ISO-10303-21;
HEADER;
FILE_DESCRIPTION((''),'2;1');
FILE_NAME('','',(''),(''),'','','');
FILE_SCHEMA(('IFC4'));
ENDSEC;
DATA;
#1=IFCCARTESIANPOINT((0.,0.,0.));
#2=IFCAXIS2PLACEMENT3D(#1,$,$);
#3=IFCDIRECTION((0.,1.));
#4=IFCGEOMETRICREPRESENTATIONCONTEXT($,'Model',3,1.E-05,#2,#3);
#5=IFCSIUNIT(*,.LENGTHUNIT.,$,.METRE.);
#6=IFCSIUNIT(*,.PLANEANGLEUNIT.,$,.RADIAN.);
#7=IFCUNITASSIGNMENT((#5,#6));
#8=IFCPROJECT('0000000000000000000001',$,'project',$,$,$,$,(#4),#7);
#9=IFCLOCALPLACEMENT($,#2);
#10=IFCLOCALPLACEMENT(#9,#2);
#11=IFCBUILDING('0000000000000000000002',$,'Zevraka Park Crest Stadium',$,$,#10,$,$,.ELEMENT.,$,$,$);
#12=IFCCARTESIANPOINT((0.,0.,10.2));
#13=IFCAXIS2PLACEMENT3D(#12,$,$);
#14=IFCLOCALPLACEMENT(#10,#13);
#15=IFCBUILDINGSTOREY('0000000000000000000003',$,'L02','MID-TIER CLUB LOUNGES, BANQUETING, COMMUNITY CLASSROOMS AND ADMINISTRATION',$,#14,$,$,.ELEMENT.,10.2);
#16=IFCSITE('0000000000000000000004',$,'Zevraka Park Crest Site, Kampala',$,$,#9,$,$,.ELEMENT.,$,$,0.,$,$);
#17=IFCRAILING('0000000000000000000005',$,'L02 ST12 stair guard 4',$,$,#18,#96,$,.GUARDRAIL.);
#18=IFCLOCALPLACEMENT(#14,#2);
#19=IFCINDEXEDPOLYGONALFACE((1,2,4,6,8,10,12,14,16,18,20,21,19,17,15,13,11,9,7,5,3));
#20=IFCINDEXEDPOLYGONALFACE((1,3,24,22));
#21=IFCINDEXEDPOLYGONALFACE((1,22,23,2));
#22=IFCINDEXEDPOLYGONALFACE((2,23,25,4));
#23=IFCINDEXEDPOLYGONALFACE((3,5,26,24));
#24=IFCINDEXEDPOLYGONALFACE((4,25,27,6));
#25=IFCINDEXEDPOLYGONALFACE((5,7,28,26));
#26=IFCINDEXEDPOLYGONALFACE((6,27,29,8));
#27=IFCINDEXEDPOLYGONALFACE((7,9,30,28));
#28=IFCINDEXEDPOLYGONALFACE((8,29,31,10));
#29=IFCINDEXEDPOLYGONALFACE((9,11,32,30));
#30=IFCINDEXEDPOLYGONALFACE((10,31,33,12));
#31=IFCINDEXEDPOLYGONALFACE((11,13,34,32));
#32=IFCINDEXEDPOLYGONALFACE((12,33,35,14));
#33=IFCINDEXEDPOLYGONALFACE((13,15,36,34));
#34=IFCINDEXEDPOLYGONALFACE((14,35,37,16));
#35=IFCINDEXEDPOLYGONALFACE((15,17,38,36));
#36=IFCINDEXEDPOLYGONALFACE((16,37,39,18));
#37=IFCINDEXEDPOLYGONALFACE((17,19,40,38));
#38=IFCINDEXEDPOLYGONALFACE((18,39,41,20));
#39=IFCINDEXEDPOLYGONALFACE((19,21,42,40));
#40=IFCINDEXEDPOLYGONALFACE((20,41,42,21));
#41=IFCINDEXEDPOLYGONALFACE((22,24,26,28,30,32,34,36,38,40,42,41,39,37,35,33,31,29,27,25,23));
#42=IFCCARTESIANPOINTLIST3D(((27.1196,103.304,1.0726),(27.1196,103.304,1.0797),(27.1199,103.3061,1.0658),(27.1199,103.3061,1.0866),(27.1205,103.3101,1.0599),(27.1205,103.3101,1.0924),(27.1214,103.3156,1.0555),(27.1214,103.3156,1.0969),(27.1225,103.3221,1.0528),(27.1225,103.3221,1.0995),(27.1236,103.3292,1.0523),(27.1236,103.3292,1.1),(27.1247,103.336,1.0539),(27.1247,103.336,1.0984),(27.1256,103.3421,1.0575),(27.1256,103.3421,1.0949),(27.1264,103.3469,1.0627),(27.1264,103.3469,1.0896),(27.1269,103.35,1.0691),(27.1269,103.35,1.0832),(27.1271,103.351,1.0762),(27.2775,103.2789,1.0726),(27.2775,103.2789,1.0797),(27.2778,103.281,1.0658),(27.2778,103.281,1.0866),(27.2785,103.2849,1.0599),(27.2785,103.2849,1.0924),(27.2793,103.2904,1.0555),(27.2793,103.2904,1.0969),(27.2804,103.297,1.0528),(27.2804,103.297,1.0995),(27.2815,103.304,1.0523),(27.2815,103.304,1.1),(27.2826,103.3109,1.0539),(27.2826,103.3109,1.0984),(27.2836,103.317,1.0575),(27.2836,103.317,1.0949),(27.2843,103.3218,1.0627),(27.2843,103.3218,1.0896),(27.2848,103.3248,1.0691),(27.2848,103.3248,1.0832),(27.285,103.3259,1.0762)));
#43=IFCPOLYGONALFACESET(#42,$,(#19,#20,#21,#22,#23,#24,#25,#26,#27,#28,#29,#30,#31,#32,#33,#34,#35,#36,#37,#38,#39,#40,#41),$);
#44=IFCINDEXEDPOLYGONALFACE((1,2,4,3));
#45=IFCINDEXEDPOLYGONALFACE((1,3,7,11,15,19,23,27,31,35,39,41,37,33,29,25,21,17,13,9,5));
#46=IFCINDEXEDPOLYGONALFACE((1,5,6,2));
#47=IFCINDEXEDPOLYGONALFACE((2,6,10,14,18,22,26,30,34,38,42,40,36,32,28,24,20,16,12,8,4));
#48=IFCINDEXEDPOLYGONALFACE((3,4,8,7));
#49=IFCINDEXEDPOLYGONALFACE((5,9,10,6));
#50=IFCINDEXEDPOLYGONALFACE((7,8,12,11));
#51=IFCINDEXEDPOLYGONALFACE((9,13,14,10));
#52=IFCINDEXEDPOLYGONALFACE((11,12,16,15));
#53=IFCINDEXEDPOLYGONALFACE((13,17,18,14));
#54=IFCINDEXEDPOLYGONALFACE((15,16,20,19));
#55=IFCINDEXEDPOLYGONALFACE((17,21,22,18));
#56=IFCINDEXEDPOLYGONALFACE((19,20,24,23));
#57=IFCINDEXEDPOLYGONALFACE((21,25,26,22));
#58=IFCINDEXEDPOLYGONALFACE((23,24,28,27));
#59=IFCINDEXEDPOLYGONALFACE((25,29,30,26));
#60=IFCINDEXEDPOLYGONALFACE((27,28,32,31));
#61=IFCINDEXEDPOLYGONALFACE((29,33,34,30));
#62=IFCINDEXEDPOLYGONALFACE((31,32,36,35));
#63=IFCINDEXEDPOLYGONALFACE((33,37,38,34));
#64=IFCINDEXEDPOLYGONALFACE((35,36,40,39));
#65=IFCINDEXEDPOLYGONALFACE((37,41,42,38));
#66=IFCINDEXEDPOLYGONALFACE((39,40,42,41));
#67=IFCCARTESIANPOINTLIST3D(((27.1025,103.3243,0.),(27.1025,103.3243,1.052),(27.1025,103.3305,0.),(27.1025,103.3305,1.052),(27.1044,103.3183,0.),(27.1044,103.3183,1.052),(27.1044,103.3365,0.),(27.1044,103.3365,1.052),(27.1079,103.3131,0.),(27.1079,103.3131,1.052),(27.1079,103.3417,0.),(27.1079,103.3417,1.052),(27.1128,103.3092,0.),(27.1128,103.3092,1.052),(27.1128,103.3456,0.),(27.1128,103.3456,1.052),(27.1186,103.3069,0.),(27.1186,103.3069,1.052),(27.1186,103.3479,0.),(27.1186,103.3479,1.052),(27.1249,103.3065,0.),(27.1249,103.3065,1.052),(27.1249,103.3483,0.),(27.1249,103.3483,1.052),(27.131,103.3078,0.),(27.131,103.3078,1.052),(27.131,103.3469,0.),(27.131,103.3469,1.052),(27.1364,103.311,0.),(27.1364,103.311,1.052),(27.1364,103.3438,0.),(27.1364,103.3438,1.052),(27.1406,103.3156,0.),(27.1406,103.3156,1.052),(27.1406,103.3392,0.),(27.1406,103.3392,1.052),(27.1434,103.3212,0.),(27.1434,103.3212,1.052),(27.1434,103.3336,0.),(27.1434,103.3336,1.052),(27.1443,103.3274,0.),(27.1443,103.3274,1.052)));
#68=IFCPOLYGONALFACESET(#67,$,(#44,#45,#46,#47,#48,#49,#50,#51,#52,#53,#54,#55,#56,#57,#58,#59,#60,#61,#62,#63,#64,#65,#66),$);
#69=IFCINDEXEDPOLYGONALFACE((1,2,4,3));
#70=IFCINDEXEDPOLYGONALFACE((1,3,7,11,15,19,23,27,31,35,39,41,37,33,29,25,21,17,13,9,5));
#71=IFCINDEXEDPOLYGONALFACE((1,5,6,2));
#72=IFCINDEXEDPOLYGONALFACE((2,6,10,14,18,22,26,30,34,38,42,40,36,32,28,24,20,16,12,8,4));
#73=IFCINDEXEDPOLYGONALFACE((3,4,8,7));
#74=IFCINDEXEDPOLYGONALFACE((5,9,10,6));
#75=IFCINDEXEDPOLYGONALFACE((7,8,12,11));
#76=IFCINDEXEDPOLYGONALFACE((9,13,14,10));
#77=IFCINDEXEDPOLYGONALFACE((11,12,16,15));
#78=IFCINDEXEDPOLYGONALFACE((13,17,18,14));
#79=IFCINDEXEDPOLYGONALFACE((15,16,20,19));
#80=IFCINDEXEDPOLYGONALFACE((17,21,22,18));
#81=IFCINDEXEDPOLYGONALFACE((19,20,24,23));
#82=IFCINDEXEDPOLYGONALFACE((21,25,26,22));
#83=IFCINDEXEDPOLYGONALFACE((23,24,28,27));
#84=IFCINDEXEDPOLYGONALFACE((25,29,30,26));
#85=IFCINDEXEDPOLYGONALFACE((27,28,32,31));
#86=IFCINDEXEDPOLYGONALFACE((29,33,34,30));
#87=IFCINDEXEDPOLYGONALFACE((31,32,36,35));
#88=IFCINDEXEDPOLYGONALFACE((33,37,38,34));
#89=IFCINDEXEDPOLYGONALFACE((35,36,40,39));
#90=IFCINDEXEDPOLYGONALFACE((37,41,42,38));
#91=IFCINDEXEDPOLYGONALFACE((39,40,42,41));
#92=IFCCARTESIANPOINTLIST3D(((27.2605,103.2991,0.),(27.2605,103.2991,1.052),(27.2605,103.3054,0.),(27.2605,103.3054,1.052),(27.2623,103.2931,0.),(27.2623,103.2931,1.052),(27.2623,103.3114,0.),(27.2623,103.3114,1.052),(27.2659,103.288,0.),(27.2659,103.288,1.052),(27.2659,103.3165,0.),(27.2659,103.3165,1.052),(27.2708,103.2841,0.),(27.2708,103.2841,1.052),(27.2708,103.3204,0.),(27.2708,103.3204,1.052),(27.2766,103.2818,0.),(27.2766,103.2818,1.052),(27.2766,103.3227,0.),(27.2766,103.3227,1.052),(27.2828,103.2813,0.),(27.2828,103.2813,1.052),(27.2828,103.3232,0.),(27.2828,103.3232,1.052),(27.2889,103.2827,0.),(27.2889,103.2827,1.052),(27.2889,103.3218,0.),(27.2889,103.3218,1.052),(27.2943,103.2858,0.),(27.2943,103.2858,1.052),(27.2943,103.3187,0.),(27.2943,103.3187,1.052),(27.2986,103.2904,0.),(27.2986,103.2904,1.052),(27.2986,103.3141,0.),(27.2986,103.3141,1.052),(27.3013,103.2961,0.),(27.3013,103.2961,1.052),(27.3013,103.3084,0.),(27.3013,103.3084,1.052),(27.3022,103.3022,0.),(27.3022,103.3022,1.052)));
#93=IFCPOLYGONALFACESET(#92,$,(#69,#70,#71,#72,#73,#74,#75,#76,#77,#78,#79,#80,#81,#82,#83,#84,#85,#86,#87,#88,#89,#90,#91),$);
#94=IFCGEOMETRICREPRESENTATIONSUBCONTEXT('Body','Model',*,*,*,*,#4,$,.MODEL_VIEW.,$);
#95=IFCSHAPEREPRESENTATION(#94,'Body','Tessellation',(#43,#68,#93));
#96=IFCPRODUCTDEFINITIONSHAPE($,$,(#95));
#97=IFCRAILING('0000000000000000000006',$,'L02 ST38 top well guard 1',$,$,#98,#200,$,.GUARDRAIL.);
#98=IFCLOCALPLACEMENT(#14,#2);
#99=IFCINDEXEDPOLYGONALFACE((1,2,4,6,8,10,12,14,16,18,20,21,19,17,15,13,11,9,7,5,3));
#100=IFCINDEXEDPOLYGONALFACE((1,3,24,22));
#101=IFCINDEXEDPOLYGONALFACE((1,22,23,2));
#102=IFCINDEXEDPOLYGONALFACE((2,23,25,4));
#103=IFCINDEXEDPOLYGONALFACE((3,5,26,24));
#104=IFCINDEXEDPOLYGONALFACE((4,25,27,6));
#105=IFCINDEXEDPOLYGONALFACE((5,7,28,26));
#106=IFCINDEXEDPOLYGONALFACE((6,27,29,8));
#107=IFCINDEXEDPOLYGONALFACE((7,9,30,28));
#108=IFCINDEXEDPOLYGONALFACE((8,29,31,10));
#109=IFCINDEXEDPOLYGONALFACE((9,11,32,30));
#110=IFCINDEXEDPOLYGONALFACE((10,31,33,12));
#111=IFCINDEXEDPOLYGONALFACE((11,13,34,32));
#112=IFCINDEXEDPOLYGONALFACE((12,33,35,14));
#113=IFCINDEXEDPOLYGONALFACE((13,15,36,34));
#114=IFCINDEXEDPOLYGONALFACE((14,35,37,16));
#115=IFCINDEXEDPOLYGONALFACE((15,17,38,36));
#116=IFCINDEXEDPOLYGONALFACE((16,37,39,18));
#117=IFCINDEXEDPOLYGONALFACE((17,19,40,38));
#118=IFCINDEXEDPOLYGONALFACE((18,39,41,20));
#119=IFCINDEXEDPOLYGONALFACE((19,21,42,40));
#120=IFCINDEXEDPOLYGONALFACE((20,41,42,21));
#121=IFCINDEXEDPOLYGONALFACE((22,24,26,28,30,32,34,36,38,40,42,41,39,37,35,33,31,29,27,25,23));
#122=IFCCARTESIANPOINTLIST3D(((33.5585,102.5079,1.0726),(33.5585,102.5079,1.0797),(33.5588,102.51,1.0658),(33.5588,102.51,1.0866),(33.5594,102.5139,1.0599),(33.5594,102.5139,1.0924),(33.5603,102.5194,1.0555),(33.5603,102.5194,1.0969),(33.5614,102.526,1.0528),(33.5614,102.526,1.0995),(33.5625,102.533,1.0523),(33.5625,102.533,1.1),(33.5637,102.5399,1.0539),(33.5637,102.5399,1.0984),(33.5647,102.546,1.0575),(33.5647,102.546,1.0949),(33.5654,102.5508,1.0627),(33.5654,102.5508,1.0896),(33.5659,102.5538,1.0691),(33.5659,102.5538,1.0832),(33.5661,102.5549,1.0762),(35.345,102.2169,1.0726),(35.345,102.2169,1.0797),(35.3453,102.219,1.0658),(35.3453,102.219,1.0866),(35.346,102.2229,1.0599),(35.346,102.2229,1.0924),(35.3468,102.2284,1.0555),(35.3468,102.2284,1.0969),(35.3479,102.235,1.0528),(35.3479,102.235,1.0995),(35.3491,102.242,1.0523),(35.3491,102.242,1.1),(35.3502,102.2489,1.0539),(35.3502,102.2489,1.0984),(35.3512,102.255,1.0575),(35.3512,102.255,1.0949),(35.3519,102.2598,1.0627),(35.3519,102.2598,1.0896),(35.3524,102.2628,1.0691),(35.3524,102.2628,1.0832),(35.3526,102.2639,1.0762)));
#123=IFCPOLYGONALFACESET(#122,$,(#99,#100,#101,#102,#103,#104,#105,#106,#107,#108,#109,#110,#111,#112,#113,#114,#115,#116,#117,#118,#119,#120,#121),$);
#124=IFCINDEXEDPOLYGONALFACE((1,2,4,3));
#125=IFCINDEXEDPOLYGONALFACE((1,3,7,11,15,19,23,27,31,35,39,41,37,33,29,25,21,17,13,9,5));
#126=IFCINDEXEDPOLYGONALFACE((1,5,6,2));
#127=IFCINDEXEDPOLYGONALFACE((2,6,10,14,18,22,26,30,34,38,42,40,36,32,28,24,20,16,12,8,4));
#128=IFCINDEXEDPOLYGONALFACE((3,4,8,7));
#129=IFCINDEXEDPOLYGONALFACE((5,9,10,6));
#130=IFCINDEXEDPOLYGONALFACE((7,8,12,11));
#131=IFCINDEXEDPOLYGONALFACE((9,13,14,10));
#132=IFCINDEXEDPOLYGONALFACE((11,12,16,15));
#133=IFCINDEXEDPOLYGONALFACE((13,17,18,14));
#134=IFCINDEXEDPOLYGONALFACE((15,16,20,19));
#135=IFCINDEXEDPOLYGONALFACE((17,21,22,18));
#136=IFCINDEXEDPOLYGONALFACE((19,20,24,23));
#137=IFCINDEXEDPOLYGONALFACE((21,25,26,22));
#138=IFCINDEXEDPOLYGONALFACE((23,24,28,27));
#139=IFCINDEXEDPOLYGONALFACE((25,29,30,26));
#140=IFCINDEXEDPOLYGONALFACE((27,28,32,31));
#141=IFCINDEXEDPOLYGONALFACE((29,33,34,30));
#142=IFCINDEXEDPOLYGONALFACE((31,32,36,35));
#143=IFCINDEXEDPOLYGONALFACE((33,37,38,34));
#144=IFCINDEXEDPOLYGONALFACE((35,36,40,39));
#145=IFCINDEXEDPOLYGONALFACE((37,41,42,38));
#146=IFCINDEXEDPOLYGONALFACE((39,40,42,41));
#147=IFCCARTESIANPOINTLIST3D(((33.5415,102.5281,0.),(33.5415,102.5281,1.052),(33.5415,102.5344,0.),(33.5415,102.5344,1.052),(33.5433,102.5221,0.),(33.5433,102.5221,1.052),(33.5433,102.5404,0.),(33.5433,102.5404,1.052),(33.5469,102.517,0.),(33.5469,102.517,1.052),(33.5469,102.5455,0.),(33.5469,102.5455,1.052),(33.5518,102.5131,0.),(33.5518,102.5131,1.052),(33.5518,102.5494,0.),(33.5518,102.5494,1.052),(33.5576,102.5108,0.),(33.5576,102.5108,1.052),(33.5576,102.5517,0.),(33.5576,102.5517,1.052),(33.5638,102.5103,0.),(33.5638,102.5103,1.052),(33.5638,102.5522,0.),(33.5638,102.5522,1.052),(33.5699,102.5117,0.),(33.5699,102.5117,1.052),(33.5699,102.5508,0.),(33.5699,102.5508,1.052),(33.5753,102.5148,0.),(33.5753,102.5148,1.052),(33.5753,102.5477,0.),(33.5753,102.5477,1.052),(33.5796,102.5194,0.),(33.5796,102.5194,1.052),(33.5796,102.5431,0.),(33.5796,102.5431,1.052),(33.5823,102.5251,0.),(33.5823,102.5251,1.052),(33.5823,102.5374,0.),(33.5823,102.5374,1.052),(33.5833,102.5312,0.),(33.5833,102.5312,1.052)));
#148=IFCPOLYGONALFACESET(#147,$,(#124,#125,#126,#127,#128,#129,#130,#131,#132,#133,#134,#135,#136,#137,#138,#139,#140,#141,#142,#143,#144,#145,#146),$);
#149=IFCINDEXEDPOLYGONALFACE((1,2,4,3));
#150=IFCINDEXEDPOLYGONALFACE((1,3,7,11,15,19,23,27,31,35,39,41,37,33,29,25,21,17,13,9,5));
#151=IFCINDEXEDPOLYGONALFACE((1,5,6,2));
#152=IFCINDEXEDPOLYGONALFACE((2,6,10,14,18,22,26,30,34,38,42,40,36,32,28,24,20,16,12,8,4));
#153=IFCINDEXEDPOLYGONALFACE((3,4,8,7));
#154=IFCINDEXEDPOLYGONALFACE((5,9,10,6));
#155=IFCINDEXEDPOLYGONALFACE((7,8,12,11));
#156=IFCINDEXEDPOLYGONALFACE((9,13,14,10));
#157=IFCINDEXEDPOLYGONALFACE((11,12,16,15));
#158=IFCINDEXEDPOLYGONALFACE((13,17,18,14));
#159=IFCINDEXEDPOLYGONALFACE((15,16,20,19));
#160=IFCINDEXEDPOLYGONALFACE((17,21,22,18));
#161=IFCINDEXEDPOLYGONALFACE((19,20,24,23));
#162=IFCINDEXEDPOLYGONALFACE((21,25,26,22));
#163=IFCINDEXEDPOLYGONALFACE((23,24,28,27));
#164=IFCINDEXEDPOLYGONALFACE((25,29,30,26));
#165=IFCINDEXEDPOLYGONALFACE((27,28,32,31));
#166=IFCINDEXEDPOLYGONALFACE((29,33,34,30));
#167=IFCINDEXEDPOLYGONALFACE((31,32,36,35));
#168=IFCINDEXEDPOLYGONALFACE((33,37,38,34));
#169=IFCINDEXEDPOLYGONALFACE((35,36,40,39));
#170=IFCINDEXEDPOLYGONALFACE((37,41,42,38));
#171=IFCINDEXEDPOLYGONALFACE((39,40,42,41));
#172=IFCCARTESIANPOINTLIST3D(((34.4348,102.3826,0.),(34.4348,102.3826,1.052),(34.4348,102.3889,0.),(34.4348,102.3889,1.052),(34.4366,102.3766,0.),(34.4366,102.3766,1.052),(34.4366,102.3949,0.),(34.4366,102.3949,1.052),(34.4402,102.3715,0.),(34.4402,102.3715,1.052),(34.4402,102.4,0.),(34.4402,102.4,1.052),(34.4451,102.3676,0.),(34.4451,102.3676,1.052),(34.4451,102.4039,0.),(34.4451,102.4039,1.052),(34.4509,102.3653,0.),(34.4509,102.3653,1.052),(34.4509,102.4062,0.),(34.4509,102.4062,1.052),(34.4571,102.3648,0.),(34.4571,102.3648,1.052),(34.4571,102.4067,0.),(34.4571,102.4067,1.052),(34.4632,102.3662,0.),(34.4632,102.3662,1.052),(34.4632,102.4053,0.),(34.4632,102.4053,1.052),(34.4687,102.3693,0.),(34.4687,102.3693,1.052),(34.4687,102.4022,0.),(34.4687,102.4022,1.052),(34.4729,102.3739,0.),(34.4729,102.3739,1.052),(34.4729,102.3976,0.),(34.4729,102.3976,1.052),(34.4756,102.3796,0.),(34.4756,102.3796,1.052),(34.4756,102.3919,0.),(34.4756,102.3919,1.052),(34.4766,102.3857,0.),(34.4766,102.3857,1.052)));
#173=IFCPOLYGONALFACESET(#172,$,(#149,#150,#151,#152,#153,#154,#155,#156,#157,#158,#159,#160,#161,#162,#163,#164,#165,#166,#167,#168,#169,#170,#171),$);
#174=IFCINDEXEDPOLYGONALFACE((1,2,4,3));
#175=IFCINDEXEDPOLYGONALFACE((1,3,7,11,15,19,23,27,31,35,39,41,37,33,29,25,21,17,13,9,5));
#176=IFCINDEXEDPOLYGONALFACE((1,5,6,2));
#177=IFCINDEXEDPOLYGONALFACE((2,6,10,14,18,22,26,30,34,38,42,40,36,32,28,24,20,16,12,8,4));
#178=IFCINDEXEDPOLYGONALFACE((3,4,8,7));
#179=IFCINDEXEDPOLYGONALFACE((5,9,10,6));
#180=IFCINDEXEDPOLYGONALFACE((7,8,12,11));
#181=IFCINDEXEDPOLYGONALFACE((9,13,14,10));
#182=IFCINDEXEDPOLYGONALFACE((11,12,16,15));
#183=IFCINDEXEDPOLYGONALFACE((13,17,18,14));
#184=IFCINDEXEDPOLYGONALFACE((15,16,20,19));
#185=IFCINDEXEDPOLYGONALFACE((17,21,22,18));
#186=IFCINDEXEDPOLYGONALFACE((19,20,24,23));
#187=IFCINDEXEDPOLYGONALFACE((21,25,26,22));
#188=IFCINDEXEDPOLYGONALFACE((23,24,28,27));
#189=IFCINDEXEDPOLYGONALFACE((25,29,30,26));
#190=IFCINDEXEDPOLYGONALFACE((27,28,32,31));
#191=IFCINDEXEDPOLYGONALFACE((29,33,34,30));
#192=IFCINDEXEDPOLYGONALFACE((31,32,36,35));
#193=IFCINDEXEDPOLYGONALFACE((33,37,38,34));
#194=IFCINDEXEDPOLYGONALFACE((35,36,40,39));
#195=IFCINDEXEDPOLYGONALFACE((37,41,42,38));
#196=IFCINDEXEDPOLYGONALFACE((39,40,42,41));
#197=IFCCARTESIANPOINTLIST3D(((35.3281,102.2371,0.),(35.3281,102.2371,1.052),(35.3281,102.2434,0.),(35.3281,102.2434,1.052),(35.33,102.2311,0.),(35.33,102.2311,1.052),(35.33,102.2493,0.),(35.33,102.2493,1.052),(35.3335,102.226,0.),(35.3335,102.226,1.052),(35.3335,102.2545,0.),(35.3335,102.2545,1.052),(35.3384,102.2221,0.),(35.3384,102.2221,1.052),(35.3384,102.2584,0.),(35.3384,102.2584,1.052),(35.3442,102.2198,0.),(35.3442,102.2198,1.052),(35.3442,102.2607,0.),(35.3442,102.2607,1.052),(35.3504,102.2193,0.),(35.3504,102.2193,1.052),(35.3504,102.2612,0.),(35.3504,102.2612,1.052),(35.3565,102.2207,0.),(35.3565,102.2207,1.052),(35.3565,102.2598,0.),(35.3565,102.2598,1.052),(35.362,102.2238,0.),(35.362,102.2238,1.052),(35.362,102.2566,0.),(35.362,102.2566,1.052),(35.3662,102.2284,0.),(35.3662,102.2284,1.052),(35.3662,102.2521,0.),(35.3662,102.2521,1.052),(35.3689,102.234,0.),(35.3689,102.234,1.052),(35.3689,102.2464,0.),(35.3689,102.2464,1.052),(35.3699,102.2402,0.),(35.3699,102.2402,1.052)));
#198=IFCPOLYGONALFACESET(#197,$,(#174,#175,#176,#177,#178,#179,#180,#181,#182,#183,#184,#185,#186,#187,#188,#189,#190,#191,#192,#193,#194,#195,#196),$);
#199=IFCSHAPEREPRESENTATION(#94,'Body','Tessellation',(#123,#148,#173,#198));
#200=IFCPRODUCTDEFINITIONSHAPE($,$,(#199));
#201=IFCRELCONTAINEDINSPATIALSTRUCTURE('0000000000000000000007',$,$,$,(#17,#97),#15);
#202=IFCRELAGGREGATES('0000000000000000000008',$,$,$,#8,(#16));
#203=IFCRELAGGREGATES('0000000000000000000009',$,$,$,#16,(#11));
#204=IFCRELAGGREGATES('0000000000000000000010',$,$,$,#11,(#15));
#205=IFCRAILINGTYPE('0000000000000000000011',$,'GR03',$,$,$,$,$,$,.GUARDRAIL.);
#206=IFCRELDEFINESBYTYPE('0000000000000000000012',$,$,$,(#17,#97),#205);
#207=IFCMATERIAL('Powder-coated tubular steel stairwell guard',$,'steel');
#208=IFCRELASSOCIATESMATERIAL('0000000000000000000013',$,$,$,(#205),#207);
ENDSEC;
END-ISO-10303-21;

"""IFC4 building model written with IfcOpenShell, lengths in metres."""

from ifc_helpers import new_model, si_unit, direction, frame, origin, origin_2d, place, context, subcontext, project, spatial, circle, extrude, material, type_object, element, save


model = new_model("IFC4")

# Units and contexts
model_context = context("Model", 3, precision=1e-05, world=origin(), true_north=direction((0.0, 1.0)))
body_context = subcontext(model_context, "Body", "Model", "MODEL_VIEW")
ifc_project = project(units=[si_unit("LENGTHUNIT", "METRE"), si_unit("PLANEANGLEUNIT", "RADIAN")], contexts=[model_context])

# Site, building, storey
site_placement = place(None, origin())
site = spatial("IfcSite", under=ifc_project, at=site_placement, Name="Zevraka Park Crest Site, Kampala", CompositionType="ELEMENT", RefElevation=0.0)
building_placement = place(site_placement, origin())
building = spatial("IfcBuilding", under=site, at=building_placement, Name="Zevraka Park Crest Stadium", CompositionType="ELEMENT")
storey_placement = place(building_placement, frame((0.0, 0.0, 10.2)))
storey = spatial("IfcBuildingStorey", under=building, at=storey_placement, Name="L02", Description="MID-TIER CLUB LOUNGES, BANQUETING, COMMUNITY CLASSROOMS AND ADMINISTRATION", CompositionType="ELEMENT", Elevation=10.2)

# Railings
ifc_material_1 = material(Name="Powder-coated tubular steel stairwell guard", Category="steel")
railing_type_1 = type_object("IfcRailingType", Name="GR03", PredefinedType="GUARDRAIL", material=ifc_material_1)
railing_1_placement = place(storey_placement, frame((27.1233, 103.3274, 0.0)))
element("IfcRailing", 1, at=railing_1_placement, inside=storey, type_object=railing_type_1, Name="L02 ST12 stair guard 4", PredefinedType="GUARDRAIL", context=body_context, shape_type="SweptSolid", body=[
    extrude(circle(Radius=0.0239, at=origin_2d()), frame((0.0, 0.0, 1.0762), z_axis=(0.987564, -0.157217, 0.0), x_axis=(0.157217, 0.987564, 0.0)), (0.0, 0.0, 1.0), 0.1599),
    extrude(circle(Radius=0.021, at=origin_2d()), origin(), (0.0, 0.0, 1.0), 1.052),
    extrude(circle(Radius=0.021, at=origin_2d()), frame((0.158, -0.0251, 0.0)), (0.0, 0.0, 1.0), 1.052),
])
railing_2_placement = place(storey_placement, frame((33.5623, 102.5312, 0.0)))
element("IfcRailing", 2, at=railing_2_placement, inside=storey, type_object=railing_type_1, Name="L02 ST38 top well guard 1", PredefinedType="GUARDRAIL", context=body_context, shape_type="SweptSolid", body=[
    extrude(circle(Radius=0.0239, at=origin_2d()), frame((0.0, 0.0, 1.0762), z_axis=(0.986992, -0.160767, 0.0), x_axis=(0.160767, 0.986992, 0.0)), (0.0, 0.0, 1.0), 1.8101),
    extrude(circle(Radius=0.021, at=origin_2d()), origin(), (0.0, 0.0, 1.0), 1.052),
    extrude(circle(Radius=0.021, at=origin_2d()), frame((0.8933, -0.1455, 0.0)), (0.0, 0.0, 1.0), 1.052),
    extrude(circle(Radius=0.021, at=origin_2d()), frame((1.7866, -0.291, 0.0)), (0.0, 0.0, 1.0), 1.052),
])

save(model, "model.ifc")
